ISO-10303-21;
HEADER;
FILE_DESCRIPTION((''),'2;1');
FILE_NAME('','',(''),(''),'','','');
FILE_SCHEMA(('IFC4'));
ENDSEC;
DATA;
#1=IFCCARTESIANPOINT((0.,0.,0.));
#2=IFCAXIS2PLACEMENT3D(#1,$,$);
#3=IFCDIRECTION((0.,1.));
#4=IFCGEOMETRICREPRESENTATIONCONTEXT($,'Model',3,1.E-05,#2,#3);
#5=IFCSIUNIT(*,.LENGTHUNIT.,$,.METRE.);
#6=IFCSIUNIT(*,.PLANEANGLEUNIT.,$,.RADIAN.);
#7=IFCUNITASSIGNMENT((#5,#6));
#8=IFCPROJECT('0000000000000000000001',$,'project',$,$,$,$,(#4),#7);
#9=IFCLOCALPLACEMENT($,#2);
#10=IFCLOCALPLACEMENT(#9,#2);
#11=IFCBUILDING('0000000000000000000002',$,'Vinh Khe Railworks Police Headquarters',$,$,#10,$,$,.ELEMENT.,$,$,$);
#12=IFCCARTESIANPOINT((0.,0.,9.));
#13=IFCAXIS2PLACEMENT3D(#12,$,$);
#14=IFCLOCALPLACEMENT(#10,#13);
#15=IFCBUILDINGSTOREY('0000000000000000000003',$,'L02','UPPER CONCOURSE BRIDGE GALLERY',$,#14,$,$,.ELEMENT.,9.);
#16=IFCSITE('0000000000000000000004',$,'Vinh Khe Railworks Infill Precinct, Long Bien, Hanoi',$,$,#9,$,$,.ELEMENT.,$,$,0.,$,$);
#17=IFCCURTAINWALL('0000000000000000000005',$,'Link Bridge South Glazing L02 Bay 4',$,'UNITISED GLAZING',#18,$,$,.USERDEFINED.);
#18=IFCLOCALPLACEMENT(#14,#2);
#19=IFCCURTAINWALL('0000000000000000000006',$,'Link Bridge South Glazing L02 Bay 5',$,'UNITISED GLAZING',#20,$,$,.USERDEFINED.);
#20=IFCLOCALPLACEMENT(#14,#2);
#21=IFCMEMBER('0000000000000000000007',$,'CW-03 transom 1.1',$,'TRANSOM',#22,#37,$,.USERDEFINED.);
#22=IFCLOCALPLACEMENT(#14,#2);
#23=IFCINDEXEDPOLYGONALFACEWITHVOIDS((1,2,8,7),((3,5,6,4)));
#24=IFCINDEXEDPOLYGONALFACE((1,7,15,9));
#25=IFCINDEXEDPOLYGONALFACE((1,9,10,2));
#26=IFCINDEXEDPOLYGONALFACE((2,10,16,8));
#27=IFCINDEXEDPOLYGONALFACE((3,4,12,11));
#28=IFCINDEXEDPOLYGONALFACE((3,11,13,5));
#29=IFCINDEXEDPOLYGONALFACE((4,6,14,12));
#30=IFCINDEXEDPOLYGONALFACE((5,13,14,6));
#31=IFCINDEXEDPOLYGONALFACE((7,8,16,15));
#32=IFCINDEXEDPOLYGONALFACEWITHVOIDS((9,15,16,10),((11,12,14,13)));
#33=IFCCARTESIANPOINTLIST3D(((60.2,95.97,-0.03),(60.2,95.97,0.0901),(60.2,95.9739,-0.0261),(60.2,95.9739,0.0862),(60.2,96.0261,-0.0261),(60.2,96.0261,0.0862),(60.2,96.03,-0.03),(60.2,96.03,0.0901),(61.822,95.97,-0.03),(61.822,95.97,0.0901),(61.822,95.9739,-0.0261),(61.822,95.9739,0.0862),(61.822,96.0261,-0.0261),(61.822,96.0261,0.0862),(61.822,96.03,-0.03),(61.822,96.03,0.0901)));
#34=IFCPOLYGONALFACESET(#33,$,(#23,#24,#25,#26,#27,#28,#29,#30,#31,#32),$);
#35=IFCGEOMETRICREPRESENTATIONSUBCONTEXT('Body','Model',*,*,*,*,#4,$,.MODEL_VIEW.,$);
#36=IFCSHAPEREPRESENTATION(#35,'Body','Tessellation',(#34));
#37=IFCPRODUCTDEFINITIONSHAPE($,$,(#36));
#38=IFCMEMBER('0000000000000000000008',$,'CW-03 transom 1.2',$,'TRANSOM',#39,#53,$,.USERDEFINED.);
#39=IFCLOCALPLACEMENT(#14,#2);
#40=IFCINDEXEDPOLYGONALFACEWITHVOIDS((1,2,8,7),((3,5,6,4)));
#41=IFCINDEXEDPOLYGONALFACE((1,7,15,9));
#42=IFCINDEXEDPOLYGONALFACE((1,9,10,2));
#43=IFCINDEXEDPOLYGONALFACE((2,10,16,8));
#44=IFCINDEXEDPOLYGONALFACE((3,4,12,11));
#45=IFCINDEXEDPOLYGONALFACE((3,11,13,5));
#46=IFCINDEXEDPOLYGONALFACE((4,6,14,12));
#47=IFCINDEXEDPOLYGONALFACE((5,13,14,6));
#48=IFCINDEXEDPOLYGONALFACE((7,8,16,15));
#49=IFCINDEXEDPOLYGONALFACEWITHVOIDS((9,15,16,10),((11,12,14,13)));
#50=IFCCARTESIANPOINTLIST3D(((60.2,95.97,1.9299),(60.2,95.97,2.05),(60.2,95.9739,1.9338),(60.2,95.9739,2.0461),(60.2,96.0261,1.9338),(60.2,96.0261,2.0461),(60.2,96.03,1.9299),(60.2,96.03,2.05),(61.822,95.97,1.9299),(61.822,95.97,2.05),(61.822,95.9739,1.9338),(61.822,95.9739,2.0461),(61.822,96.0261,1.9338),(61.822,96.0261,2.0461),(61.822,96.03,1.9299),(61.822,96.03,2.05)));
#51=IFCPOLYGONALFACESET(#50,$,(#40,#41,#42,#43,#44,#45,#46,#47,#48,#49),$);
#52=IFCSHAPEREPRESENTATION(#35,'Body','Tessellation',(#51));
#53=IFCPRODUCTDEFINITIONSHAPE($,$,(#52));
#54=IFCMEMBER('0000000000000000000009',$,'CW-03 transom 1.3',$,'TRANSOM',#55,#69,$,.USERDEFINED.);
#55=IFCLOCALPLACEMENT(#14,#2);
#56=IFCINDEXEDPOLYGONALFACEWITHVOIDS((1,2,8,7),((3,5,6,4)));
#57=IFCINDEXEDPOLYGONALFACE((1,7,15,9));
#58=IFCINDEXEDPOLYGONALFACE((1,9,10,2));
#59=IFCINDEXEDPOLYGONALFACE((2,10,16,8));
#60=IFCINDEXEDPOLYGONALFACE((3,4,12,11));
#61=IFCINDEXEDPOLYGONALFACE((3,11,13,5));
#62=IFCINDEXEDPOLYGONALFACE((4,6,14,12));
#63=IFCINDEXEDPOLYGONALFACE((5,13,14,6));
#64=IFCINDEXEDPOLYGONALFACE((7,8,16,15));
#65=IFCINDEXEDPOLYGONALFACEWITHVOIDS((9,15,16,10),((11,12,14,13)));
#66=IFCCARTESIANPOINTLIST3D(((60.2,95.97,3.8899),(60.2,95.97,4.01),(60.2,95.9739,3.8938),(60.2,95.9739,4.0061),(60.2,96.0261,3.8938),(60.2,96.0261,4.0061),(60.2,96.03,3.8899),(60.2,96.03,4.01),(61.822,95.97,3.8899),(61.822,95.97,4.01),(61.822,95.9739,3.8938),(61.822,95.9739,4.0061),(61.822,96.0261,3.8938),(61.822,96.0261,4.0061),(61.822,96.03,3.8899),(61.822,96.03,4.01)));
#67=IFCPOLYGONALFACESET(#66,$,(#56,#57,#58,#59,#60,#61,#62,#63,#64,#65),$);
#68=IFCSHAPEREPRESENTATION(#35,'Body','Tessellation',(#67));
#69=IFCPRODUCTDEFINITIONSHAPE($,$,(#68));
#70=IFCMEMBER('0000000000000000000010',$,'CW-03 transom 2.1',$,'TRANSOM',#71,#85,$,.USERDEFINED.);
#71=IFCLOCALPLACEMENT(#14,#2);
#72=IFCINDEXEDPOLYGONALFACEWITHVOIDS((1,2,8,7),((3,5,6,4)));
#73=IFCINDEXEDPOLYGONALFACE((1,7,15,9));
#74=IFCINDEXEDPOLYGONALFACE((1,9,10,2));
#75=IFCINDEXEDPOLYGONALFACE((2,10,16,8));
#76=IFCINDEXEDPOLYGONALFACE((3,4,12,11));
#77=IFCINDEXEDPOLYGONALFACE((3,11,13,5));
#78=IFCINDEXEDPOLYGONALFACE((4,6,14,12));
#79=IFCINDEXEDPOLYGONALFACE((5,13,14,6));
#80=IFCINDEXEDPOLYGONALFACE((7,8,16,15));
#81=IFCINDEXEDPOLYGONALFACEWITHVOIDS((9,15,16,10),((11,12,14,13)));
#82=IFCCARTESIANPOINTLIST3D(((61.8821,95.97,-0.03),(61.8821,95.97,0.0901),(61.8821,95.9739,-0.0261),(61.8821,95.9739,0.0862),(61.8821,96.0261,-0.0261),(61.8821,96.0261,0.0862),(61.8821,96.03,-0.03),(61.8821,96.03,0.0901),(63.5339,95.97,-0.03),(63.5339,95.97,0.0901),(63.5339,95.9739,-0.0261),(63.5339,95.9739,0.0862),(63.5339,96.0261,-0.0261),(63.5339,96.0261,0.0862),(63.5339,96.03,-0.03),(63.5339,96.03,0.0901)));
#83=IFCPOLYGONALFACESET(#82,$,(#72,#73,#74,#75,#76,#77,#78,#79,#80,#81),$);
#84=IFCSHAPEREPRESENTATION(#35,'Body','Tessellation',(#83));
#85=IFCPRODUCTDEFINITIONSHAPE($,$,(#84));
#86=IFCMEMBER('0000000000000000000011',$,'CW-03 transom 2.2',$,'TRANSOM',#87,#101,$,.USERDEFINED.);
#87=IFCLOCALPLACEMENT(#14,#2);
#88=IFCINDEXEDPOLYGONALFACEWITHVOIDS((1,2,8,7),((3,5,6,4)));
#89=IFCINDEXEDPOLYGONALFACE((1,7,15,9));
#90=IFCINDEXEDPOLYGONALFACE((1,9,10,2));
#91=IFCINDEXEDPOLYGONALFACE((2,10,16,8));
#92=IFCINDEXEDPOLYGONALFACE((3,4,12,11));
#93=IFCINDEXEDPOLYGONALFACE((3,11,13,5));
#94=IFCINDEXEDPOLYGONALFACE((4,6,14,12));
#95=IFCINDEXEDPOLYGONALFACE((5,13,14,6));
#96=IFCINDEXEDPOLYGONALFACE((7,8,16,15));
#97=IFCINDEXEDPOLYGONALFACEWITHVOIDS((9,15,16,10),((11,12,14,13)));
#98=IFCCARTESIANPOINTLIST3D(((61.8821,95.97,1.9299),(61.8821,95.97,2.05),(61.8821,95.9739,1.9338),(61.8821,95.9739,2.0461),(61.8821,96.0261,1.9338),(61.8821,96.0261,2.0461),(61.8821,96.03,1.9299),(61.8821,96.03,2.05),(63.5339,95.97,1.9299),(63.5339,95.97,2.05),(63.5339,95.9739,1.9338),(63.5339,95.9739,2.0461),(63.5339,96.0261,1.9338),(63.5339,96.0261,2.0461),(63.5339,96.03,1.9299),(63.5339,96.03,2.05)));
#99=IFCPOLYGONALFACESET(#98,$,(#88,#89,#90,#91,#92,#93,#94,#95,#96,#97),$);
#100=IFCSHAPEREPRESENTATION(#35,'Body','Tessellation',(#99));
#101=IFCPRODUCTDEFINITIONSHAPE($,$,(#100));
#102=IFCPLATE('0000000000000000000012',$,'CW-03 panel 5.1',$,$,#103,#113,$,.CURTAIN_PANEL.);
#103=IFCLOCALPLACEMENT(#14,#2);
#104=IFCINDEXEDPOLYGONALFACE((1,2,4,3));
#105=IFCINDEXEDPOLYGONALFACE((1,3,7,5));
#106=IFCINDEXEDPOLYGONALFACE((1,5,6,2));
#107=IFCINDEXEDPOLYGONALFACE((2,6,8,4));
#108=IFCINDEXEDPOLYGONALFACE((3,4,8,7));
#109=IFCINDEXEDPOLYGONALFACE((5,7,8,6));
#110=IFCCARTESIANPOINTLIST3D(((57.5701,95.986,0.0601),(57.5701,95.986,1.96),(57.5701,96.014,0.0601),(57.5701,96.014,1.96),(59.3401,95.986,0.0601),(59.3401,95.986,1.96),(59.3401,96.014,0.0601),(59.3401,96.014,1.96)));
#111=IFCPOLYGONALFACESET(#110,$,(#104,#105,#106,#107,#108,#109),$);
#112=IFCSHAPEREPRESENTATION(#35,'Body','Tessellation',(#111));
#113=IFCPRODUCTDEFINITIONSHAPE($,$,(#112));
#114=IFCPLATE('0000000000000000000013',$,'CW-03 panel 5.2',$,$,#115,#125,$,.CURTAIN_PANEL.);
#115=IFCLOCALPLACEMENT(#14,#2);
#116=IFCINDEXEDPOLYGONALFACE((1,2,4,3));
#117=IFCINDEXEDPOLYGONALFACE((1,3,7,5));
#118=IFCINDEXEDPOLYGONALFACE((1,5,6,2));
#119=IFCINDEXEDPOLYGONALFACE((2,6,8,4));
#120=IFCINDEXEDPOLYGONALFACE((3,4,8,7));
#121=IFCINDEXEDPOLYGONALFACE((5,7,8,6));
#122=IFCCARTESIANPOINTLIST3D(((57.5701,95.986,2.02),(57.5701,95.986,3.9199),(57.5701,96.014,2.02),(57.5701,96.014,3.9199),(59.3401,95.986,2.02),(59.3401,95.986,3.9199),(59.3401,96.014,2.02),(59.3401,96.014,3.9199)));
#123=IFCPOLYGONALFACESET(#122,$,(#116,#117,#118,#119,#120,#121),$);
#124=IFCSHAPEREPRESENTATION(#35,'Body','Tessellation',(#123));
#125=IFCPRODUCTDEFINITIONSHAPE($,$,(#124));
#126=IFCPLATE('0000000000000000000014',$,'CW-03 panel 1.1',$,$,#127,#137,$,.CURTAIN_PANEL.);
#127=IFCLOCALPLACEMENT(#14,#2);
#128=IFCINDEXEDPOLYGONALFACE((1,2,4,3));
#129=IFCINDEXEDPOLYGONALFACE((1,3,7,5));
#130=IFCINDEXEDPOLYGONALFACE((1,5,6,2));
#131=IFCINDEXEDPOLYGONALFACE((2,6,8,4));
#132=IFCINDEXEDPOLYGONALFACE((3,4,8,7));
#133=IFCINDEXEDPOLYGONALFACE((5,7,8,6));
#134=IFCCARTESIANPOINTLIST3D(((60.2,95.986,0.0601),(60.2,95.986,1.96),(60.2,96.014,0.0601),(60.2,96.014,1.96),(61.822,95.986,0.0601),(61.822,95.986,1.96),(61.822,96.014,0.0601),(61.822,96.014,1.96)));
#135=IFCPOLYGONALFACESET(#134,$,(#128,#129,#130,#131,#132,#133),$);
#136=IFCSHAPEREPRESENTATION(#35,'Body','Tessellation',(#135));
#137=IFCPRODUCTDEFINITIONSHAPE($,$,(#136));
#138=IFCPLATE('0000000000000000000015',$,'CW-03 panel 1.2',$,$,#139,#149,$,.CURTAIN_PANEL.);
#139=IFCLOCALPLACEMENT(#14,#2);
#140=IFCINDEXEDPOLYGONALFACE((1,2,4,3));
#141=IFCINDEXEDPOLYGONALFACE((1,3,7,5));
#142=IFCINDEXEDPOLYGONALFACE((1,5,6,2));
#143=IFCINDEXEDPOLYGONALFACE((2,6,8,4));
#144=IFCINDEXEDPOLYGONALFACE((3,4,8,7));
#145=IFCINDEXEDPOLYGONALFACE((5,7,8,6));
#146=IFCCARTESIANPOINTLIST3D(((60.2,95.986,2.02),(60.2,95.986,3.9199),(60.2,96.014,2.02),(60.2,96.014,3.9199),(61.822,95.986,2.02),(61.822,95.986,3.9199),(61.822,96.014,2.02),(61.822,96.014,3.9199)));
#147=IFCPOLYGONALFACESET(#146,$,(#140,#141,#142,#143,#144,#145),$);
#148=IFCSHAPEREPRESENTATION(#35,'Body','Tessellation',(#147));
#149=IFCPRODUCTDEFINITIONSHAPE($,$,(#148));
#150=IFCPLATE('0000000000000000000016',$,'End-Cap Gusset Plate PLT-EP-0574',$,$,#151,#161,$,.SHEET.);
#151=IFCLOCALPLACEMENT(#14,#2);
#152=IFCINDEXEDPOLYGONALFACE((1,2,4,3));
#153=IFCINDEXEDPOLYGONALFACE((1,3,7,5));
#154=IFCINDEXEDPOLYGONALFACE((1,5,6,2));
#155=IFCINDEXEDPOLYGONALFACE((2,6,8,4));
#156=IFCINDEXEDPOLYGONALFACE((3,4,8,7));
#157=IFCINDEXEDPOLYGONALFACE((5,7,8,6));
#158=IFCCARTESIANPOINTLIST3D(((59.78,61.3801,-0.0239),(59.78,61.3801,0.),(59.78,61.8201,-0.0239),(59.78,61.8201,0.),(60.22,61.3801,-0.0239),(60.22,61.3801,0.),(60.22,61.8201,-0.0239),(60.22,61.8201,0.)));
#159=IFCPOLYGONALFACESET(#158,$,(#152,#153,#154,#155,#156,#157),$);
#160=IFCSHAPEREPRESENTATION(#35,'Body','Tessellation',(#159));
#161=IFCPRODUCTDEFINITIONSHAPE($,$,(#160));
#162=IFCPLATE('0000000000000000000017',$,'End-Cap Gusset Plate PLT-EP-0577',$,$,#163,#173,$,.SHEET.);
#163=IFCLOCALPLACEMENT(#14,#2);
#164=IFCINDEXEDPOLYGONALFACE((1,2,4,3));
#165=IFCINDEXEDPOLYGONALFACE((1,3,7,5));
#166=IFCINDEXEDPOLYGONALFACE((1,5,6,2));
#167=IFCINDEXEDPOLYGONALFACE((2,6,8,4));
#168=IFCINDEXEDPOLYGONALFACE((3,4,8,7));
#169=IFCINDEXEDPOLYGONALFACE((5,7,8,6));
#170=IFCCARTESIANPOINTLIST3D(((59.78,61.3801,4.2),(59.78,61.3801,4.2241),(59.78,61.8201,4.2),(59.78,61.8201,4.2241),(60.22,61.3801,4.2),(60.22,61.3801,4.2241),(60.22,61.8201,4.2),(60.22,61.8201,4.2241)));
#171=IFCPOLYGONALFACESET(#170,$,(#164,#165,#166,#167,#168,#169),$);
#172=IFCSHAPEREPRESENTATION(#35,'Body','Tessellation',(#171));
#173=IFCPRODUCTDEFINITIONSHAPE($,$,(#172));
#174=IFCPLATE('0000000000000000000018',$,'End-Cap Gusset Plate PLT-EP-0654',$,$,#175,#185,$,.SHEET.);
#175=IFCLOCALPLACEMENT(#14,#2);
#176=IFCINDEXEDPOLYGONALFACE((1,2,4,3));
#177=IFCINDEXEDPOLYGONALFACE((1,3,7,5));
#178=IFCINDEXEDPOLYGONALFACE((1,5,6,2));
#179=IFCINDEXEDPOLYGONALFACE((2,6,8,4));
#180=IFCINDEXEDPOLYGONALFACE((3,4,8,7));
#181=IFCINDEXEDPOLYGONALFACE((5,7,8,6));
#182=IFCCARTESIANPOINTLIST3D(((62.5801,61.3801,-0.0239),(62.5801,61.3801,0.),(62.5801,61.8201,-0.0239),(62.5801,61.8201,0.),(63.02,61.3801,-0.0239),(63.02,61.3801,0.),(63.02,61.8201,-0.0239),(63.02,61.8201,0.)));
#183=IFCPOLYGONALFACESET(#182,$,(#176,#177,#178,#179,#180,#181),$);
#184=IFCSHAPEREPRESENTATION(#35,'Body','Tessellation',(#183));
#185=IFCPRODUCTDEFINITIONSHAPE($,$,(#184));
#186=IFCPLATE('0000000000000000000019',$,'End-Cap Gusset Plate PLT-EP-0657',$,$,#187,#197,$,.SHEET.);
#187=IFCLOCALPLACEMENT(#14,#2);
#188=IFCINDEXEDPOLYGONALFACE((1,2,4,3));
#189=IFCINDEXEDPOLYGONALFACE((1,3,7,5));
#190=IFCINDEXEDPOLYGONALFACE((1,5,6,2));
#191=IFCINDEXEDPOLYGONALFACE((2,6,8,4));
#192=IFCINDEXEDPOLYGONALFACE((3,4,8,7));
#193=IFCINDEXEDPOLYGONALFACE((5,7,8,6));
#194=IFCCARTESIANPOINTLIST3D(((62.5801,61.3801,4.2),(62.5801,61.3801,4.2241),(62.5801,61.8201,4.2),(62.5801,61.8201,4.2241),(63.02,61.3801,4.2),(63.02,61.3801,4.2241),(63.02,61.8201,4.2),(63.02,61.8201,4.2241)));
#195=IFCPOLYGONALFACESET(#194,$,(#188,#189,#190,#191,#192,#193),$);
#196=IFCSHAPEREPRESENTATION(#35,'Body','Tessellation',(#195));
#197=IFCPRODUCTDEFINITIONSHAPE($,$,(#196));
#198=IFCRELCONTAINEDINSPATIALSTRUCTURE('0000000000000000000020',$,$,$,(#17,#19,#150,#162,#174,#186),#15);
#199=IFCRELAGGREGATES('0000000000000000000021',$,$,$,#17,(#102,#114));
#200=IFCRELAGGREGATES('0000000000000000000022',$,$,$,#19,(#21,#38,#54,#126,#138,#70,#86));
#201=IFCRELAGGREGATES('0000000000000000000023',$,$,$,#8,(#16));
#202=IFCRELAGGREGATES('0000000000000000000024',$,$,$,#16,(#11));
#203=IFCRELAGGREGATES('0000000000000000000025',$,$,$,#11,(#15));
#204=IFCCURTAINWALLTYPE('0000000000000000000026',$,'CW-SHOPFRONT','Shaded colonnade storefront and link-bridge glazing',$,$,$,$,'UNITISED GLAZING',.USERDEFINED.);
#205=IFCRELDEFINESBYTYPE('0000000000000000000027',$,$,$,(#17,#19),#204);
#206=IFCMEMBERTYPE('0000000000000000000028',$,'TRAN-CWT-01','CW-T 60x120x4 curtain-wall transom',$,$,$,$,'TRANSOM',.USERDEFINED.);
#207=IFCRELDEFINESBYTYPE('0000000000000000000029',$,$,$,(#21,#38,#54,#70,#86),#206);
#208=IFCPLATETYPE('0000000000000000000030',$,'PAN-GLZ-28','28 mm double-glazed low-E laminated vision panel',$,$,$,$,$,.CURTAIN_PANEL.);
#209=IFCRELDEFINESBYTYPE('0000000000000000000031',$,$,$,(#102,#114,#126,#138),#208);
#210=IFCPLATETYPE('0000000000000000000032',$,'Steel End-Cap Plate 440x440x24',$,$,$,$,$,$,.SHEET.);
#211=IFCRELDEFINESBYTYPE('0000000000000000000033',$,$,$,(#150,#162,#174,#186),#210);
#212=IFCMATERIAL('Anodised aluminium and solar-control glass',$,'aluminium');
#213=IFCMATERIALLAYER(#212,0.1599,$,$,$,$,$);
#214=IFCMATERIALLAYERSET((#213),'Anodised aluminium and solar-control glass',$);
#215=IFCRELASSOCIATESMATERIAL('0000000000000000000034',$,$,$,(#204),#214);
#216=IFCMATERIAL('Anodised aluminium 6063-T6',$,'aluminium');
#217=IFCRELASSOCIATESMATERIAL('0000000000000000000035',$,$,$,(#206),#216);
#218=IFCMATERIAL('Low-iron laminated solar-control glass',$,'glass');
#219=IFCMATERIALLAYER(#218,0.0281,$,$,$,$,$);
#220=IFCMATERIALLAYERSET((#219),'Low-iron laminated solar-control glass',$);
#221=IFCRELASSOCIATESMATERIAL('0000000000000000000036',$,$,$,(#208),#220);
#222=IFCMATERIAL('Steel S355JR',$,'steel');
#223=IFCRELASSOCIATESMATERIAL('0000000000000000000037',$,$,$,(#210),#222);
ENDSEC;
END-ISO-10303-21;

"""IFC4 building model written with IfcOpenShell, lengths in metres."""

from ifc_helpers import new_model, si_unit, direction, frame, origin, origin_2d, place, context, subcontext, project, spatial, rectangle, hollow_rectangle, extrude, material, layer, layer_set, material_profile, profile_set, type_object, element, aggregate, save


model = new_model("IFC4")

# Units and contexts
model_context = context("Model", 3, precision=1e-05, world=origin(), true_north=direction((0.0, 1.0)))
body_context = subcontext(model_context, "Body", "Model", "MODEL_VIEW")
ifc_project = project(units=[si_unit("LENGTHUNIT", "METRE"), si_unit("PLANEANGLEUNIT", "RADIAN")], contexts=[model_context])

# Site, building, storey
site_placement = place(None, origin())
site = spatial("IfcSite", under=ifc_project, at=site_placement, Name="Vinh Khe Railworks Infill Precinct, Long Bien, Hanoi", CompositionType="ELEMENT", RefElevation=0.0)
building_placement = place(site_placement, origin())
building = spatial("IfcBuilding", under=site, at=building_placement, Name="Vinh Khe Railworks Police Headquarters", CompositionType="ELEMENT")
storey_placement = place(building_placement, frame((0.0, 0.0, 9.0)))
storey = spatial("IfcBuildingStorey", under=building, at=storey_placement, Name="L02", Description="UPPER CONCOURSE BRIDGE GALLERY", CompositionType="ELEMENT", Elevation=9.0)

# Shared definitions
ifc_material_1 = material(Name="Steel S355JR", Category="steel")

# Curtain wall
ifc_material_2 = material(Name="Anodised aluminium and solar-control glass", Category="aluminium")
ifc_layer_1 = layer(ifc_material_2, 0.1599)
ifc_layer_set_1 = layer_set([ifc_layer_1], Name="Anodised aluminium and solar-control glass")
curtain_wall_type = type_object("IfcCurtainWallType", Name="CW-SHOPFRONT", Description="Shaded colonnade storefront and link-bridge glazing", ElementType="UNITISED GLAZING", PredefinedType="USERDEFINED", material=ifc_layer_set_1)
curtain_wall_1_placement = place(storey_placement, origin())
curtain_wall_1 = element("IfcCurtainWall", 1, at=curtain_wall_1_placement, inside=storey, type_object=curtain_wall_type, Name="Link Bridge South Glazing L02 Bay 4", ObjectType="UNITISED GLAZING", PredefinedType="USERDEFINED")
ifc_material_3 = material(Name="Anodised aluminium 6063-T6", Category="aluminium")

# Curtain wall
curtain_wall_2_placement = place(storey_placement, origin())
curtain_wall_2 = element("IfcCurtainWall", 2, at=curtain_wall_2_placement, inside=storey, type_object=curtain_wall_type, Name="Link Bridge South Glazing L02 Bay 5", ObjectType="UNITISED GLAZING", PredefinedType="USERDEFINED")

# Members
ifc_material_profile_1 = material_profile(ifc_material_3, hollow_rectangle(XDim=0.0601, YDim=0.1201, WallThickness=0.0039, at=origin_2d()), Name="CW-T 60x120x4")
ifc_profile_set_1 = profile_set([ifc_material_profile_1], Name="Anodised aluminium 6063-T6")
member_type_1 = type_object("IfcMemberType", Name="TRAN-CWT-01", Description="CW-T 60x120x4 curtain-wall transom", ElementType="TRANSOM", PredefinedType="USERDEFINED", material=ifc_profile_set_1)
member_1_placement = place(storey_placement, frame((60.2, 96.0, 0.03), z_axis=(1.0, 0.0, 0.0), x_axis=(0.0, 1.0, 0.0)))
member_1 = element("IfcMember", 3, at=member_1_placement, type_object=member_type_1, Name="CW-03 transom 1.1", ObjectType="TRANSOM", PredefinedType="USERDEFINED", context=body_context, shape_type="SweptSolid", body=[
    extrude(hollow_rectangle(XDim=0.0601, YDim=0.1201, WallThickness=0.0039, at=origin_2d()), origin(), (0.0, 0.0, 1.0), 1.6221),
])
member_2_placement = place(storey_placement, frame((60.2, 96.0, 1.99), z_axis=(1.0, 0.0, 0.0), x_axis=(0.0, 1.0, 0.0)))
member_2 = element("IfcMember", 4, at=member_2_placement, type_object=member_type_1, Name="CW-03 transom 1.2", ObjectType="TRANSOM", PredefinedType="USERDEFINED", context=body_context, shape_type="SweptSolid", body=[
    extrude(hollow_rectangle(XDim=0.0601, YDim=0.1201, WallThickness=0.0039, at=origin_2d()), origin(), (0.0, 0.0, 1.0), 1.6221),
])
member_3_placement = place(storey_placement, frame((60.2, 96.0, 3.95), z_axis=(1.0, 0.0, 0.0), x_axis=(0.0, 1.0, 0.0)))
member_3 = element("IfcMember", 5, at=member_3_placement, type_object=member_type_1, Name="CW-03 transom 1.3", ObjectType="TRANSOM", PredefinedType="USERDEFINED", context=body_context, shape_type="SweptSolid", body=[
    extrude(hollow_rectangle(XDim=0.0601, YDim=0.1201, WallThickness=0.0039, at=origin_2d()), origin(), (0.0, 0.0, 1.0), 1.6221),
])
member_4_placement = place(storey_placement, frame((61.8821, 96.0, 0.03), z_axis=(1.0, 0.0, 0.0), x_axis=(0.0, 1.0, 0.0)))
member_4 = element("IfcMember", 6, at=member_4_placement, type_object=member_type_1, Name="CW-03 transom 2.1", ObjectType="TRANSOM", PredefinedType="USERDEFINED", context=body_context, shape_type="SweptSolid", body=[
    extrude(hollow_rectangle(XDim=0.0601, YDim=0.1201, WallThickness=0.0039, at=origin_2d()), origin(), (0.0, 0.0, 1.0), 1.6519),
])
member_5_placement = place(storey_placement, frame((61.8821, 96.0, 1.99), z_axis=(1.0, 0.0, 0.0), x_axis=(0.0, 1.0, 0.0)))
member_5 = element("IfcMember", 7, at=member_5_placement, type_object=member_type_1, Name="CW-03 transom 2.2", ObjectType="TRANSOM", PredefinedType="USERDEFINED", context=body_context, shape_type="SweptSolid", body=[
    extrude(hollow_rectangle(XDim=0.0601, YDim=0.1201, WallThickness=0.0039, at=origin_2d()), origin(), (0.0, 0.0, 1.0), 1.6519),
])

# Plates
ifc_material_4 = material(Name="Low-iron laminated solar-control glass", Category="glass")
ifc_layer_2 = layer(ifc_material_4, 0.0281)
ifc_layer_set_2 = layer_set([ifc_layer_2], Name="Low-iron laminated solar-control glass")
plate_type_1 = type_object("IfcPlateType", Name="PAN-GLZ-28", Description="28 mm double-glazed low-E laminated vision panel", PredefinedType="CURTAIN_PANEL", material=ifc_layer_set_2)
plate_1_placement = place(storey_placement, frame((58.4551, 96.0, 0.0601), z_axis=(0.0, 0.0, 1.0), x_axis=(1.0, 0.0, 0.0)))
plate_1 = element("IfcPlate", 8, at=plate_1_placement, type_object=plate_type_1, Name="CW-03 panel 5.1", PredefinedType="CURTAIN_PANEL", context=body_context, shape_type="SweptSolid", body=[
    extrude(rectangle(XDim=1.77, YDim=0.0281, at=origin_2d()), origin(), (0.0, 0.0, 1.0), 1.8999),
])
plate_2_placement = place(storey_placement, frame((58.4551, 96.0, 2.02), z_axis=(0.0, 0.0, 1.0), x_axis=(1.0, 0.0, 0.0)))
plate_2 = element("IfcPlate", 9, at=plate_2_placement, type_object=plate_type_1, Name="CW-03 panel 5.2", PredefinedType="CURTAIN_PANEL", context=body_context, shape_type="SweptSolid", body=[
    extrude(rectangle(XDim=1.77, YDim=0.0281, at=origin_2d()), origin(), (0.0, 0.0, 1.0), 1.8999),
])
aggregate(curtain_wall_1, [plate_1, plate_2])
plate_3_placement = place(storey_placement, frame((61.011, 96.0, 0.0601), z_axis=(0.0, 0.0, 1.0), x_axis=(1.0, 0.0, 0.0)))
plate_3 = element("IfcPlate", 10, at=plate_3_placement, type_object=plate_type_1, Name="CW-03 panel 1.1", PredefinedType="CURTAIN_PANEL", context=body_context, shape_type="SweptSolid", body=[
    extrude(rectangle(XDim=1.6221, YDim=0.0281, at=origin_2d()), origin(), (0.0, 0.0, 1.0), 1.8999),
])
plate_4_placement = place(storey_placement, frame((61.011, 96.0, 2.02), z_axis=(0.0, 0.0, 1.0), x_axis=(1.0, 0.0, 0.0)))
plate_4 = element("IfcPlate", 11, at=plate_4_placement, type_object=plate_type_1, Name="CW-03 panel 1.2", PredefinedType="CURTAIN_PANEL", context=body_context, shape_type="SweptSolid", body=[
    extrude(rectangle(XDim=1.6221, YDim=0.0281, at=origin_2d()), origin(), (0.0, 0.0, 1.0), 1.8999),
])
aggregate(curtain_wall_2, [member_1, member_2, member_3, plate_3, plate_4, member_4, member_5])

# Plates
ifc_material_profile_2 = material_profile(ifc_material_1, rectangle(XDim=0.4399, YDim=0.4399, at=origin_2d()), Name="PL 440x440")
ifc_profile_set_2 = profile_set([ifc_material_profile_2], Name="Steel S355JR")
plate_type_2 = type_object("IfcPlateType", Name="Steel End-Cap Plate 440x440x24", PredefinedType="SHEET", material=ifc_profile_set_2)
plate_5_placement = place(storey_placement, frame((60.0, 61.6001, 0.0), z_axis=(0.0, 0.0, -1.0), x_axis=(1.0, 0.0, 0.0)))
element("IfcPlate", 12, at=plate_5_placement, inside=storey, type_object=plate_type_2, Name="End-Cap Gusset Plate PLT-EP-0574", PredefinedType="SHEET", context=body_context, shape_type="SweptSolid", body=[
    extrude(rectangle(XDim=0.4399, YDim=0.4399, at=origin_2d()), origin(), (0.0, 0.0, 1.0), 0.0239),
])
plate_6_placement = place(storey_placement, frame((60.0, 61.6001, 4.2), z_axis=(0.0, 0.0, 1.0), x_axis=(1.0, 0.0, 0.0)))
element("IfcPlate", 13, at=plate_6_placement, inside=storey, type_object=plate_type_2, Name="End-Cap Gusset Plate PLT-EP-0577", PredefinedType="SHEET", context=body_context, shape_type="SweptSolid", body=[
    extrude(rectangle(XDim=0.4399, YDim=0.4399, at=origin_2d()), origin(), (0.0, 0.0, 1.0), 0.0242),
])
plate_7_placement = place(storey_placement, frame((62.8, 61.6001, 0.0), z_axis=(0.0, 0.0, -1.0), x_axis=(1.0, 0.0, 0.0)))
element("IfcPlate", 14, at=plate_7_placement, inside=storey, type_object=plate_type_2, Name="End-Cap Gusset Plate PLT-EP-0654", PredefinedType="SHEET", context=body_context, shape_type="SweptSolid", body=[
    extrude(rectangle(XDim=0.4399, YDim=0.4399, at=origin_2d()), origin(), (0.0, 0.0, 1.0), 0.0239),
])
plate_8_placement = place(storey_placement, frame((62.8, 61.6001, 4.2), z_axis=(0.0, 0.0, 1.0), x_axis=(1.0, 0.0, 0.0)))
element("IfcPlate", 15, at=plate_8_placement, inside=storey, type_object=plate_type_2, Name="End-Cap Gusset Plate PLT-EP-0657", PredefinedType="SHEET", context=body_context, shape_type="SweptSolid", body=[
    extrude(rectangle(XDim=0.4399, YDim=0.4399, at=origin_2d()), origin(), (0.0, 0.0, 1.0), 0.0242),
])

save(model, "model.ifc")
